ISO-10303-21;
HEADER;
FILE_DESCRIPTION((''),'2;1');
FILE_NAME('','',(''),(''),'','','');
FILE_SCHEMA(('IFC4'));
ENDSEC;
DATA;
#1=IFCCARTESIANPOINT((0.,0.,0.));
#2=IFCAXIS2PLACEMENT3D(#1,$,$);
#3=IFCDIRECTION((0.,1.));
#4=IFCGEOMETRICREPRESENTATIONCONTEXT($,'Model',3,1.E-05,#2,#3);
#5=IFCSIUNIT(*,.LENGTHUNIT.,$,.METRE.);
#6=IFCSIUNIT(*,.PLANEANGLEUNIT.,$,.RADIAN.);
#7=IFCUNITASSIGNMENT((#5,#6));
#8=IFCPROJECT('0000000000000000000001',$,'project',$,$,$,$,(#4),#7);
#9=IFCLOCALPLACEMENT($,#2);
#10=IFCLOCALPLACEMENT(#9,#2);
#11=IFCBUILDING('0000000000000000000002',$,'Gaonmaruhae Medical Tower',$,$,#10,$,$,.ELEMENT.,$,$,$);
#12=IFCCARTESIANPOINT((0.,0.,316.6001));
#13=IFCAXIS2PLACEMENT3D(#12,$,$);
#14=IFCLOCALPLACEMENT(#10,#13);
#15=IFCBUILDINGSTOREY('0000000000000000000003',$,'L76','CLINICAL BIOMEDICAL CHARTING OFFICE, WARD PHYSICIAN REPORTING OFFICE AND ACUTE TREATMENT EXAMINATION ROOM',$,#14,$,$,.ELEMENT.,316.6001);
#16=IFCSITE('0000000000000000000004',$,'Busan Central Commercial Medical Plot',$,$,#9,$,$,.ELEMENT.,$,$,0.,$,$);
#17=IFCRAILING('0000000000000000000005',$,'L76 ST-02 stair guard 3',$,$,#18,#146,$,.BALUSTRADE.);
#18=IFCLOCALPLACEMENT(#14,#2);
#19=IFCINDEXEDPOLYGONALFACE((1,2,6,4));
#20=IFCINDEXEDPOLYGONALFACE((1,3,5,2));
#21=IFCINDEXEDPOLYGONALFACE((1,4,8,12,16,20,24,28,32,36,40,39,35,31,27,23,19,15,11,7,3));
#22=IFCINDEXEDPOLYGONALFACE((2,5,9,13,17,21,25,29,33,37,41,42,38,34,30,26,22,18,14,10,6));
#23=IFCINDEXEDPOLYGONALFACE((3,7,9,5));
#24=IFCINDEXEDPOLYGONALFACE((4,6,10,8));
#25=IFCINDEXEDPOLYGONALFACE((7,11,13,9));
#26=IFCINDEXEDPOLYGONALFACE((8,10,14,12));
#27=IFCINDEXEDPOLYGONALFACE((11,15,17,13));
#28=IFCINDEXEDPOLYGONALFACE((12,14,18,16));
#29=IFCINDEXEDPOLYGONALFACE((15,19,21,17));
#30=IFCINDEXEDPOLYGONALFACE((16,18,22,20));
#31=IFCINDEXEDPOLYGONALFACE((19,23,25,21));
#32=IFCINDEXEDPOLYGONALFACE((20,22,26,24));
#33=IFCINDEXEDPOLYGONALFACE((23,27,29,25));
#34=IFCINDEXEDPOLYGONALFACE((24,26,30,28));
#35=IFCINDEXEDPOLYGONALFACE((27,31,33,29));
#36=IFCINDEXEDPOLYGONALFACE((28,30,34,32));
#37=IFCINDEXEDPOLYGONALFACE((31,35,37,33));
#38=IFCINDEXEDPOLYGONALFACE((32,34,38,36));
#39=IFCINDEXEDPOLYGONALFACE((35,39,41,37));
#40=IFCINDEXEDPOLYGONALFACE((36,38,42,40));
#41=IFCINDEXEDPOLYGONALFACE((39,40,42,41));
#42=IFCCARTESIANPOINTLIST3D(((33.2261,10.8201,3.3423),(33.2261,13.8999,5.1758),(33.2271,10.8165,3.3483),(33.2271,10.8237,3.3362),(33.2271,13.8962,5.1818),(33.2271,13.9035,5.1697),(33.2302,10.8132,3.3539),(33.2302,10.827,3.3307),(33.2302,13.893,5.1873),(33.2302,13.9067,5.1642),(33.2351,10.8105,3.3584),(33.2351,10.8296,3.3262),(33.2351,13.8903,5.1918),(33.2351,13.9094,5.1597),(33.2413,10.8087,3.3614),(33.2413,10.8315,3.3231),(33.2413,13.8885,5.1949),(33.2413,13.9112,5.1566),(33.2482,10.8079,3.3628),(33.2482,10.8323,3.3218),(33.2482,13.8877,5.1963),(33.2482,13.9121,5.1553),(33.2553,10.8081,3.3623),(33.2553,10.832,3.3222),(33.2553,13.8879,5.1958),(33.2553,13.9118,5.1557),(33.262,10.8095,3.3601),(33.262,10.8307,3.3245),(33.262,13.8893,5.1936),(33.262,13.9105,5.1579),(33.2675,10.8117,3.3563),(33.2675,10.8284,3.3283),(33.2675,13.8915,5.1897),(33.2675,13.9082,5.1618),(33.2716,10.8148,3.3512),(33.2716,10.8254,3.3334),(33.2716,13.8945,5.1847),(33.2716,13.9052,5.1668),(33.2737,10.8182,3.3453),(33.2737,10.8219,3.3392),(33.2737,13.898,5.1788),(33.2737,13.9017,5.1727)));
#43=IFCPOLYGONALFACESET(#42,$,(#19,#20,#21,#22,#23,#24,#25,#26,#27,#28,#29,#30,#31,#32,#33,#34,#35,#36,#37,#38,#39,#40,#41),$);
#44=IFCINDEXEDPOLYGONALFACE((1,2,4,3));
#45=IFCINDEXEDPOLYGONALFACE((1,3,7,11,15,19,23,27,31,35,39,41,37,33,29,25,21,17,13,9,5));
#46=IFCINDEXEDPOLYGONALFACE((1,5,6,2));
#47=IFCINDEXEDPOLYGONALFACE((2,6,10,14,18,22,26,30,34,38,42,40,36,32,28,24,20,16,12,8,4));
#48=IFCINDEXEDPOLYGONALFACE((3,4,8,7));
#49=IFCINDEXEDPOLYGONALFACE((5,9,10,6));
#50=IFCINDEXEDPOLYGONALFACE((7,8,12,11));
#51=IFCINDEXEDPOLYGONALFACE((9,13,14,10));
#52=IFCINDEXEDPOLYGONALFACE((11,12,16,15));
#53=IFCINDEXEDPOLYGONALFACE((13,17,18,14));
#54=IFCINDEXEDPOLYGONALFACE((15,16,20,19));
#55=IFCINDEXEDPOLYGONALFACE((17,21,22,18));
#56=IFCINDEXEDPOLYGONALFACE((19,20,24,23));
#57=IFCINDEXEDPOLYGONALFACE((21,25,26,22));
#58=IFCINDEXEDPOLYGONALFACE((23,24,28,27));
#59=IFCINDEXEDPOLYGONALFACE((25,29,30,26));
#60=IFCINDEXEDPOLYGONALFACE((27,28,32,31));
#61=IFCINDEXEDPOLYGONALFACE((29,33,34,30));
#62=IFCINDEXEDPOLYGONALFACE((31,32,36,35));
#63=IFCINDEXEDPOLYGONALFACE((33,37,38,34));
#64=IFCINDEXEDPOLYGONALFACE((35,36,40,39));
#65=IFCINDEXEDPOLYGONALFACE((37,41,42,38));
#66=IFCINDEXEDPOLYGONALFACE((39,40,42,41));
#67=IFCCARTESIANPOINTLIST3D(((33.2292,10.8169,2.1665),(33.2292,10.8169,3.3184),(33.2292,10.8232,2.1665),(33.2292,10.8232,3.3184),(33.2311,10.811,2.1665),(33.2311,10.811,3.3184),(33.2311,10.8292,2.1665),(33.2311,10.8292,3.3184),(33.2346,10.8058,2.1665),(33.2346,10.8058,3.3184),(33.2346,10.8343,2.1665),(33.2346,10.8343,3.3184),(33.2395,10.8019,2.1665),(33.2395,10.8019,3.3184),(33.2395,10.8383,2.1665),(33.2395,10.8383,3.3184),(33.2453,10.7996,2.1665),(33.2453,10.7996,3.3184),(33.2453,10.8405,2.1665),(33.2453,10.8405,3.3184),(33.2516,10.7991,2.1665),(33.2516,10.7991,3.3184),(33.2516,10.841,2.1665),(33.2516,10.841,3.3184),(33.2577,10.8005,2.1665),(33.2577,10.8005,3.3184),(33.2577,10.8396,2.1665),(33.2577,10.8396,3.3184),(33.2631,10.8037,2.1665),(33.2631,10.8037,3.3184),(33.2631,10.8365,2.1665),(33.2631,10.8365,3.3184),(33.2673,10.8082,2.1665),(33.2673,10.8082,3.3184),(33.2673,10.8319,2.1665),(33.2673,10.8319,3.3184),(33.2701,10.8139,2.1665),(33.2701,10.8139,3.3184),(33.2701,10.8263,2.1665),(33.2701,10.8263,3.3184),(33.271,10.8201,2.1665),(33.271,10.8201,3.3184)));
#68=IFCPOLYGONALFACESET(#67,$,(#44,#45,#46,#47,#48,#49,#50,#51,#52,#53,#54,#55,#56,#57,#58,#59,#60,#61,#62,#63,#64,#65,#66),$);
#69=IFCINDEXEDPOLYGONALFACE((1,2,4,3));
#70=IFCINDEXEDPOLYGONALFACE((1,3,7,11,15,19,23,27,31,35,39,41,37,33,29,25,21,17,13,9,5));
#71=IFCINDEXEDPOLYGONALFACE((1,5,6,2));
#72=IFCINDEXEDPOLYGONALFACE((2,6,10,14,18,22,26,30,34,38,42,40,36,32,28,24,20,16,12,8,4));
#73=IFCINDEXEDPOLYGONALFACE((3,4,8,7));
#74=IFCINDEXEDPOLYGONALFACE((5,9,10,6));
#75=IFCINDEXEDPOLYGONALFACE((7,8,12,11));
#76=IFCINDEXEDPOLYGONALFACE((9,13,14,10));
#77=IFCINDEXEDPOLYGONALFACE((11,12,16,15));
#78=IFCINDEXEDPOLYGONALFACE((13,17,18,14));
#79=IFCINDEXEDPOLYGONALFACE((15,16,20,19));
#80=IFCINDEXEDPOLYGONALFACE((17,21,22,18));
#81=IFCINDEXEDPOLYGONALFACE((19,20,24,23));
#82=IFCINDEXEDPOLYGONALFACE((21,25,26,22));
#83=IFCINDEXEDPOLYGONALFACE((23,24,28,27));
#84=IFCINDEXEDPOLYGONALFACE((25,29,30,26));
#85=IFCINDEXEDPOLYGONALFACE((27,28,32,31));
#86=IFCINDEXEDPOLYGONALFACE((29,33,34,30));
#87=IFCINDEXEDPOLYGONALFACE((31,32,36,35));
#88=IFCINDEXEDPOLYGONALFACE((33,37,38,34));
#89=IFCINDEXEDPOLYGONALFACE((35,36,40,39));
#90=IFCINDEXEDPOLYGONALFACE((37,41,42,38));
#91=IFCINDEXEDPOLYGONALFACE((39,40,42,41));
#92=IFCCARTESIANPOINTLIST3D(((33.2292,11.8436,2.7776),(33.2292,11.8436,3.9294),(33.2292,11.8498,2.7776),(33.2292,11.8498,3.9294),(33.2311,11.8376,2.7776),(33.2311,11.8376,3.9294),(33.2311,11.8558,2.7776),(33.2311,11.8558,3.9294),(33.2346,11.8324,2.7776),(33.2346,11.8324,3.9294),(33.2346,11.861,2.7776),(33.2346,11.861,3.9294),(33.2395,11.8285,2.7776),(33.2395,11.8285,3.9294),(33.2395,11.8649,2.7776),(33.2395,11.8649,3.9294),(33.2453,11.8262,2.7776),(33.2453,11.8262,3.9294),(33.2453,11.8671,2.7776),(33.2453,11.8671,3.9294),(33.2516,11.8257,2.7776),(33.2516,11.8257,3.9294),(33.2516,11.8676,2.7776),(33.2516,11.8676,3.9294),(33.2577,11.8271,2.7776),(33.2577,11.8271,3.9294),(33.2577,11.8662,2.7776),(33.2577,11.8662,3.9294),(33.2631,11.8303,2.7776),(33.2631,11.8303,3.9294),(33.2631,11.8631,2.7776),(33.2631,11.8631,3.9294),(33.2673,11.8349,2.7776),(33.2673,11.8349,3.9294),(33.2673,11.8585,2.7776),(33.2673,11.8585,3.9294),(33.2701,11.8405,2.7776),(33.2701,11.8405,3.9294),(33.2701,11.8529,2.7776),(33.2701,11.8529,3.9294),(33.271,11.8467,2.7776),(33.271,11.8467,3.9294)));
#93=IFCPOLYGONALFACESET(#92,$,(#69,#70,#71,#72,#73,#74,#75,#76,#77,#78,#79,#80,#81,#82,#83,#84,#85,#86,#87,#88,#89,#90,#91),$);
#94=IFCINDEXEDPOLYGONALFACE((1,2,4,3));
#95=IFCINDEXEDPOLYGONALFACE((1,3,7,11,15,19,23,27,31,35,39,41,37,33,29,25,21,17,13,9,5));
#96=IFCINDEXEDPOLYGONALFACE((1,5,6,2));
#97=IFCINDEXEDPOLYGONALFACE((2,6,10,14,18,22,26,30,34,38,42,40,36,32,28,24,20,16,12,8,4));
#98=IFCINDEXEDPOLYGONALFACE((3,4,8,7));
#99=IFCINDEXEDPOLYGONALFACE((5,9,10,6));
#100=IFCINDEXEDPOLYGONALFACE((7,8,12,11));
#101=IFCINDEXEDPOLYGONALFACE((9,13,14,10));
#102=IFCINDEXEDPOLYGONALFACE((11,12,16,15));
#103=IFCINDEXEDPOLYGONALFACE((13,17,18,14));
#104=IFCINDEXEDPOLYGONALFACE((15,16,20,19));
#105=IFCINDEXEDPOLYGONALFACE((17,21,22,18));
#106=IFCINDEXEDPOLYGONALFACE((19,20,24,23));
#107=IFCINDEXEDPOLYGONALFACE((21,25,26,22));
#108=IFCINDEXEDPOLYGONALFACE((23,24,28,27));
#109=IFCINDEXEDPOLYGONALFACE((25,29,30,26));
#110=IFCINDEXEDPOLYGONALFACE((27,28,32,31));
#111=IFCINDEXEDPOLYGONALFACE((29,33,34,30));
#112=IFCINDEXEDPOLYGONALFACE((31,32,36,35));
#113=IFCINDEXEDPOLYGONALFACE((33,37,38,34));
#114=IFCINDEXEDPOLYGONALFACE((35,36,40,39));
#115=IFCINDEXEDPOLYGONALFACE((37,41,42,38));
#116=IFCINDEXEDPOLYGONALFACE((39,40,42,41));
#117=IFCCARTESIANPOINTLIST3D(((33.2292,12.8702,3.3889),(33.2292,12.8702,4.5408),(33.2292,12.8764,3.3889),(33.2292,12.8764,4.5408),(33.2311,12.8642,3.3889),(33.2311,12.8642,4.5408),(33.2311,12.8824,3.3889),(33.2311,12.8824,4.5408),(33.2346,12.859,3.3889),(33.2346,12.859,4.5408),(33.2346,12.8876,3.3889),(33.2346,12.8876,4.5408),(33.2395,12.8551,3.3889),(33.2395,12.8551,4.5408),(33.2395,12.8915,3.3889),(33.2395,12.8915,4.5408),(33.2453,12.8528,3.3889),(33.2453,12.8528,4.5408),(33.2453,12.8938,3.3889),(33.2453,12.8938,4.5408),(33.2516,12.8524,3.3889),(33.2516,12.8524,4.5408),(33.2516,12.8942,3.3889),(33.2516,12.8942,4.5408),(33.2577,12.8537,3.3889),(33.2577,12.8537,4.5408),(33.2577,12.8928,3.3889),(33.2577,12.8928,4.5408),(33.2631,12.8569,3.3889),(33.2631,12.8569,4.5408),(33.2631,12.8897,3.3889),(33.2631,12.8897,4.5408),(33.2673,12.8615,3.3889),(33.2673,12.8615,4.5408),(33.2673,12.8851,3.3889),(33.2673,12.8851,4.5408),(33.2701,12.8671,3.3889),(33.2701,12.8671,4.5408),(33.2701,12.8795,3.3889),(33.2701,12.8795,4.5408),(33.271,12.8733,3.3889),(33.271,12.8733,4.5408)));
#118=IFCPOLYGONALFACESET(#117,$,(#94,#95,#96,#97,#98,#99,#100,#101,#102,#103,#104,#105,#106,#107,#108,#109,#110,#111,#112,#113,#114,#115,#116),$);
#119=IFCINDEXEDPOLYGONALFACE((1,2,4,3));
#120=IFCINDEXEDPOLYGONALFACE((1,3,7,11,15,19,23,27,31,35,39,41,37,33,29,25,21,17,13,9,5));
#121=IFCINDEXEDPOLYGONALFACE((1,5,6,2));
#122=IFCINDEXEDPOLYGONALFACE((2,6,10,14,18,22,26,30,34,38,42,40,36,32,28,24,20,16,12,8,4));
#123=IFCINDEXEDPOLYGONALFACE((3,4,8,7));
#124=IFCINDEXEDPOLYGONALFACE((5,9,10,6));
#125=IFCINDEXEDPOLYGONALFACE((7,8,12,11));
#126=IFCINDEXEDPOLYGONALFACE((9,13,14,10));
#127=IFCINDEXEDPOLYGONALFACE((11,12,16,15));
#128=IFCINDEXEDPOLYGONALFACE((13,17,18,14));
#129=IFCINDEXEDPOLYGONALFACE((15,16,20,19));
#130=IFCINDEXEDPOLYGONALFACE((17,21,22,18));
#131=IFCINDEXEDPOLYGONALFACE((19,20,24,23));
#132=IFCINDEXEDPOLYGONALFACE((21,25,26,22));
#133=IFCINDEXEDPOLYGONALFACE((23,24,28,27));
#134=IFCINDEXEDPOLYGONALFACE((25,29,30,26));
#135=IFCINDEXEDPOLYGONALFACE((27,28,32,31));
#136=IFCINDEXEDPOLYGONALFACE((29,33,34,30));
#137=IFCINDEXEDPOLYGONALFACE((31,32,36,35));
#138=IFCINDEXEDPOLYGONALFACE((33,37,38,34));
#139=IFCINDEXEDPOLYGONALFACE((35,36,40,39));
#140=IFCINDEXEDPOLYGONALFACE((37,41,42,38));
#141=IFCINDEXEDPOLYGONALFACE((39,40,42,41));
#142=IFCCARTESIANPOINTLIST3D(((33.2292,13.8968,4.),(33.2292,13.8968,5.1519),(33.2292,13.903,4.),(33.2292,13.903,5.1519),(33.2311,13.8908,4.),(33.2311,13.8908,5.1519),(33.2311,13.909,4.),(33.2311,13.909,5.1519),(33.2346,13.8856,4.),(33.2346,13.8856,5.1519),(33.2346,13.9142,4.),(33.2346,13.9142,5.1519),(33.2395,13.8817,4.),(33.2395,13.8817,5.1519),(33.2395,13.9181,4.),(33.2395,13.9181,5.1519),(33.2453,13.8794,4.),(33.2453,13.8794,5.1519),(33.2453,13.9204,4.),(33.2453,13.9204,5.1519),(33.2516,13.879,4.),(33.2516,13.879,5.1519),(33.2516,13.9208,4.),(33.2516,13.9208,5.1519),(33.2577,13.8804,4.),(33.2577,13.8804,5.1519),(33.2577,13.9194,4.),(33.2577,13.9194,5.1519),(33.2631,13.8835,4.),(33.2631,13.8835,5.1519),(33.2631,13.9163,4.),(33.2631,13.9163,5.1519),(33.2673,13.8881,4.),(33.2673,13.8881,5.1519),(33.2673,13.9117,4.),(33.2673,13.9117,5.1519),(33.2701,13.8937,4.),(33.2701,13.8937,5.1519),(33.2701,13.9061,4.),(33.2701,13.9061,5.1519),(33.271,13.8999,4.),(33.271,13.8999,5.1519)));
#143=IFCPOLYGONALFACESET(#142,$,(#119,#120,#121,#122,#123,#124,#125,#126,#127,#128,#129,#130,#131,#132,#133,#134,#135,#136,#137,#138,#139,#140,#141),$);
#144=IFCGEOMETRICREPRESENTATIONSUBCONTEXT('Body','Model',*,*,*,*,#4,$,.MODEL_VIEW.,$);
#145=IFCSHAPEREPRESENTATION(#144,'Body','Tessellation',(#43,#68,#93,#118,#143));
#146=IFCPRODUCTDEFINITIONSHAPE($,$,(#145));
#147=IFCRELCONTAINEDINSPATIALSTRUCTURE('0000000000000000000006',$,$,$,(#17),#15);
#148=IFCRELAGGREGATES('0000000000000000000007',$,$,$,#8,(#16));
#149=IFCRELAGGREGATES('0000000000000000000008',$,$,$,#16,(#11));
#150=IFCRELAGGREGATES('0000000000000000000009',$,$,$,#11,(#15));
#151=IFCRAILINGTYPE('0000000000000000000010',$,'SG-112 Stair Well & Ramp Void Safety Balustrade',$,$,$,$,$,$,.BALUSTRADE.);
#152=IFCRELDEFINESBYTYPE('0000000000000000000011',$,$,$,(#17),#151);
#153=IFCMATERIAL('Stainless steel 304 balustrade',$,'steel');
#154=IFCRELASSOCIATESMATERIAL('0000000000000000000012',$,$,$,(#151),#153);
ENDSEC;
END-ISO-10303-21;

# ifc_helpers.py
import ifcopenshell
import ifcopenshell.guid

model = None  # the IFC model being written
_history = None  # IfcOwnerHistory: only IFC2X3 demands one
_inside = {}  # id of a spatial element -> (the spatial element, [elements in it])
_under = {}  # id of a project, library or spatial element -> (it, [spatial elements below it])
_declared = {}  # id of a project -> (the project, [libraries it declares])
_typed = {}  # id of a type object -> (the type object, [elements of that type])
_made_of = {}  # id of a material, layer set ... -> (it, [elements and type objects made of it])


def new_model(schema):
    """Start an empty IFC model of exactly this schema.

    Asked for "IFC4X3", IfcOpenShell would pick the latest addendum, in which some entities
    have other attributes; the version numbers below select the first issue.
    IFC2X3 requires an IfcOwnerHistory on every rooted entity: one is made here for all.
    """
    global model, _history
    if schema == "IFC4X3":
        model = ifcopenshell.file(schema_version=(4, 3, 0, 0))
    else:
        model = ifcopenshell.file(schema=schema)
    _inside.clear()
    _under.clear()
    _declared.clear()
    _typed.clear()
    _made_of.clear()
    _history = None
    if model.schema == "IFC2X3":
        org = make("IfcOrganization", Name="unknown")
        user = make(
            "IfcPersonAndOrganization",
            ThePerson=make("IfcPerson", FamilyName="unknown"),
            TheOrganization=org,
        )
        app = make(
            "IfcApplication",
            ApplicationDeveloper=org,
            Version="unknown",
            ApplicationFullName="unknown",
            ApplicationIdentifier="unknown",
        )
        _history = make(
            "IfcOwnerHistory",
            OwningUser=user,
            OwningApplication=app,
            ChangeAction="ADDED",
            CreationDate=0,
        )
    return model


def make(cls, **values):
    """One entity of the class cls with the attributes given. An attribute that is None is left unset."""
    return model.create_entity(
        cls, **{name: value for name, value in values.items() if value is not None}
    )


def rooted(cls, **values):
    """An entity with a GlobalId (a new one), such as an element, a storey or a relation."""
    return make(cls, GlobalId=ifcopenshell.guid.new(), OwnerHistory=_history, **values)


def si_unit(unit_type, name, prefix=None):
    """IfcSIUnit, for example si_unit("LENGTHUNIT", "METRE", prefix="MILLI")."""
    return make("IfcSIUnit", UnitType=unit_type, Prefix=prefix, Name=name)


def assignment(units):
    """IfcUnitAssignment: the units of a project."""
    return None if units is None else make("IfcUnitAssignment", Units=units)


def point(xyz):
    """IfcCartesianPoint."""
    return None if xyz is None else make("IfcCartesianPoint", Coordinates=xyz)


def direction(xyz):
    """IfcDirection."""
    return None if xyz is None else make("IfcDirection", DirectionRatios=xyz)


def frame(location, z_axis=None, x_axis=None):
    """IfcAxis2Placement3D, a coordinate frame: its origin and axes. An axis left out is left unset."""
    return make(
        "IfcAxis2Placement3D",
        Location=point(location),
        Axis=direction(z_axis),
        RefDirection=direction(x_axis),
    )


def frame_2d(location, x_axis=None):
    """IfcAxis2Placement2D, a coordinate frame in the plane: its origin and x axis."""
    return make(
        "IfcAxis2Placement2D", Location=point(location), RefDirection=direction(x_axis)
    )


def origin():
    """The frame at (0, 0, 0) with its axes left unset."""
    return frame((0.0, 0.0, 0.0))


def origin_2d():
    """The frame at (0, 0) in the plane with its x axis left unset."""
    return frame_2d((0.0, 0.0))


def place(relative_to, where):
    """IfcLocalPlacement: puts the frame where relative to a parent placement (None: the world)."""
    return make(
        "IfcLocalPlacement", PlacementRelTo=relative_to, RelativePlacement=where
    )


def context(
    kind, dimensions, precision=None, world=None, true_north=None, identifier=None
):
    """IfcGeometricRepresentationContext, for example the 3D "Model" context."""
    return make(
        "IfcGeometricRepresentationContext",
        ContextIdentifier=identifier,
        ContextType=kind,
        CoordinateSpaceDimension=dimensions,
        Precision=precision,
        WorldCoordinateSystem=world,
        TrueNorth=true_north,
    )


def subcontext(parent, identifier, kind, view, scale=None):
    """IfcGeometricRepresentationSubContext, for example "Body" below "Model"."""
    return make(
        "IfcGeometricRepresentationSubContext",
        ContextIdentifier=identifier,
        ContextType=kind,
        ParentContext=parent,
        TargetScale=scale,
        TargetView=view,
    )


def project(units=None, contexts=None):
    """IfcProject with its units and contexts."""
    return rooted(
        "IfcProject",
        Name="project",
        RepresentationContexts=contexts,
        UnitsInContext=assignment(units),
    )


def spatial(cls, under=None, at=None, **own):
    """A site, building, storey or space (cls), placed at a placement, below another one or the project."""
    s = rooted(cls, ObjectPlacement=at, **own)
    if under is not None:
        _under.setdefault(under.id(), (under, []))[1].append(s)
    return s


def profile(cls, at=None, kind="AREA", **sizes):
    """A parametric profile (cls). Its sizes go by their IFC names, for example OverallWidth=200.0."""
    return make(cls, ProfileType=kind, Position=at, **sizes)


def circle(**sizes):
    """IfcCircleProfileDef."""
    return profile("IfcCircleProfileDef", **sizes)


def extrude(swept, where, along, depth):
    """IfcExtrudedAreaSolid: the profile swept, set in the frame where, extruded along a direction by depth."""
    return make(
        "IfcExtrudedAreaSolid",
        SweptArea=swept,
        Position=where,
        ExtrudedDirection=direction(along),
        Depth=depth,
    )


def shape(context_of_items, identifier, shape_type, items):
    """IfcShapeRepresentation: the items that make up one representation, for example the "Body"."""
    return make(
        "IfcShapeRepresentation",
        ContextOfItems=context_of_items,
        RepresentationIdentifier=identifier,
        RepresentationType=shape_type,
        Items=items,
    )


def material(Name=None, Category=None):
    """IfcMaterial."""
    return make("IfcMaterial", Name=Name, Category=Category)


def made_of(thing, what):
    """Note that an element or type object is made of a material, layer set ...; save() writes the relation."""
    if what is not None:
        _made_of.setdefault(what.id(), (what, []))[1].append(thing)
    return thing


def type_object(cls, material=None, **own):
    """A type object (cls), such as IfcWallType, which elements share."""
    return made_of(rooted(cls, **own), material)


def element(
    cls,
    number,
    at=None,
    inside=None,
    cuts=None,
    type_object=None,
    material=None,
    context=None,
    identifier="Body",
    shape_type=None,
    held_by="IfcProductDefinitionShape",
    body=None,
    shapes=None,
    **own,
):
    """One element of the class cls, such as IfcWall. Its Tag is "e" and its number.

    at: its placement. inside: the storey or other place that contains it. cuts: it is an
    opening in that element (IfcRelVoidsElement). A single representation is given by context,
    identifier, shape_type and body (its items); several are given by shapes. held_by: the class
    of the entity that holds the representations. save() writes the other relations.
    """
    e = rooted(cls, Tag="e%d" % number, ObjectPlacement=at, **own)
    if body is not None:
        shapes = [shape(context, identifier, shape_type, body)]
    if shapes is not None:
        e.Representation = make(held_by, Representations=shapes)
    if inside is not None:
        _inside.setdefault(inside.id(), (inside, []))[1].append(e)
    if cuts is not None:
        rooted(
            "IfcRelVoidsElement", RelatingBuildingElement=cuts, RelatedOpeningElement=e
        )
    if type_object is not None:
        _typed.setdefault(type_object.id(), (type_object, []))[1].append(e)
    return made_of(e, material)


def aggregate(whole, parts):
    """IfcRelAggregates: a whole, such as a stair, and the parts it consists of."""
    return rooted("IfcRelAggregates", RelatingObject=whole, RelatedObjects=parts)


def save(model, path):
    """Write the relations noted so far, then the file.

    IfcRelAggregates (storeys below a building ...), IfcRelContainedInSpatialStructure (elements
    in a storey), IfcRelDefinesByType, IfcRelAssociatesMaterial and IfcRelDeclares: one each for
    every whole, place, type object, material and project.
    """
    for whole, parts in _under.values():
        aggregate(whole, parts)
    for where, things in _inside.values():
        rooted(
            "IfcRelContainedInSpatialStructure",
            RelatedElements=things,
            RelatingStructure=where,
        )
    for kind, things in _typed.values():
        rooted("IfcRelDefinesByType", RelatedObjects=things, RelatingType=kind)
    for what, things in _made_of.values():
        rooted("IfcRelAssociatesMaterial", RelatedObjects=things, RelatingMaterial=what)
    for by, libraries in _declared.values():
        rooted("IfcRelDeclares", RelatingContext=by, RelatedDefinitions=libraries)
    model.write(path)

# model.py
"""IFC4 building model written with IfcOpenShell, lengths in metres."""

from ifc_helpers import new_model, si_unit, direction, frame, origin, origin_2d, place, context, subcontext, project, spatial, circle, extrude, material, type_object, element, save


model = new_model("IFC4")

# Units and contexts
model_context = context("Model", 3, precision=1e-05, world=origin(), true_north=direction((0.0, 1.0)))
body_context = subcontext(model_context, "Body", "Model", "MODEL_VIEW")
ifc_project = project(units=[si_unit("LENGTHUNIT", "METRE"), si_unit("PLANEANGLEUNIT", "RADIAN")], contexts=[model_context])

# Site, building, storey
site_placement = place(None, origin())
site = spatial("IfcSite", under=ifc_project, at=site_placement, Name="Busan Central Commercial Medical Plot", CompositionType="ELEMENT", RefElevation=0.0)
building_placement = place(site_placement, origin())
building = spatial("IfcBuilding", under=site, at=building_placement, Name="Gaonmaruhae Medical Tower", CompositionType="ELEMENT")
storey_placement = place(building_placement, frame((0.0, 0.0, 316.6001)))
storey = spatial("IfcBuildingStorey", under=building, at=storey_placement, Name="L76", Description="CLINICAL BIOMEDICAL CHARTING OFFICE, WARD PHYSICIAN REPORTING OFFICE AND ACUTE TREATMENT EXAMINATION ROOM", CompositionType="ELEMENT", Elevation=316.6001)

# Railing
ifc_material_1 = material(Name="Stainless steel 304 balustrade", Category="steel")
railing_type_1 = type_object("IfcRailingType", Name="SG-112 Stair Well & Ramp Void Safety Balustrade", PredefinedType="BALUSTRADE", material=ifc_material_1)
railing_1_placement = place(storey_placement, frame((33.25, 10.8201, 2.1665)))
element("IfcRailing", 1, at=railing_1_placement, inside=storey, type_object=railing_type_1, Name="L76 ST-02 stair guard 3", PredefinedType="BALUSTRADE", context=body_context, shape_type="SweptSolid", body=[
    extrude(circle(Radius=0.0239, at=origin_2d()), frame((0.0, 0.0, 1.1758), z_axis=(0.0, 0.859261, 0.511538), x_axis=(-1.0, 0.0, 0.0)), (0.0, 0.0, 1.0), 3.5842),
    extrude(circle(Radius=0.021, at=origin_2d()), origin(), (0.0, 0.0, 1.0), 1.1519),
    extrude(circle(Radius=0.021, at=origin_2d()), frame((0.0, 1.0266, 0.6111)), (0.0, 0.0, 1.0), 1.1519),
    extrude(circle(Radius=0.021, at=origin_2d()), frame((0.0, 2.0532, 1.2224)), (0.0, 0.0, 1.0), 1.1519),
    extrude(circle(Radius=0.021, at=origin_2d()), frame((0.0, 3.0798, 1.8335)), (0.0, 0.0, 1.0), 1.1519),
])

save(model, "model.ifc")
